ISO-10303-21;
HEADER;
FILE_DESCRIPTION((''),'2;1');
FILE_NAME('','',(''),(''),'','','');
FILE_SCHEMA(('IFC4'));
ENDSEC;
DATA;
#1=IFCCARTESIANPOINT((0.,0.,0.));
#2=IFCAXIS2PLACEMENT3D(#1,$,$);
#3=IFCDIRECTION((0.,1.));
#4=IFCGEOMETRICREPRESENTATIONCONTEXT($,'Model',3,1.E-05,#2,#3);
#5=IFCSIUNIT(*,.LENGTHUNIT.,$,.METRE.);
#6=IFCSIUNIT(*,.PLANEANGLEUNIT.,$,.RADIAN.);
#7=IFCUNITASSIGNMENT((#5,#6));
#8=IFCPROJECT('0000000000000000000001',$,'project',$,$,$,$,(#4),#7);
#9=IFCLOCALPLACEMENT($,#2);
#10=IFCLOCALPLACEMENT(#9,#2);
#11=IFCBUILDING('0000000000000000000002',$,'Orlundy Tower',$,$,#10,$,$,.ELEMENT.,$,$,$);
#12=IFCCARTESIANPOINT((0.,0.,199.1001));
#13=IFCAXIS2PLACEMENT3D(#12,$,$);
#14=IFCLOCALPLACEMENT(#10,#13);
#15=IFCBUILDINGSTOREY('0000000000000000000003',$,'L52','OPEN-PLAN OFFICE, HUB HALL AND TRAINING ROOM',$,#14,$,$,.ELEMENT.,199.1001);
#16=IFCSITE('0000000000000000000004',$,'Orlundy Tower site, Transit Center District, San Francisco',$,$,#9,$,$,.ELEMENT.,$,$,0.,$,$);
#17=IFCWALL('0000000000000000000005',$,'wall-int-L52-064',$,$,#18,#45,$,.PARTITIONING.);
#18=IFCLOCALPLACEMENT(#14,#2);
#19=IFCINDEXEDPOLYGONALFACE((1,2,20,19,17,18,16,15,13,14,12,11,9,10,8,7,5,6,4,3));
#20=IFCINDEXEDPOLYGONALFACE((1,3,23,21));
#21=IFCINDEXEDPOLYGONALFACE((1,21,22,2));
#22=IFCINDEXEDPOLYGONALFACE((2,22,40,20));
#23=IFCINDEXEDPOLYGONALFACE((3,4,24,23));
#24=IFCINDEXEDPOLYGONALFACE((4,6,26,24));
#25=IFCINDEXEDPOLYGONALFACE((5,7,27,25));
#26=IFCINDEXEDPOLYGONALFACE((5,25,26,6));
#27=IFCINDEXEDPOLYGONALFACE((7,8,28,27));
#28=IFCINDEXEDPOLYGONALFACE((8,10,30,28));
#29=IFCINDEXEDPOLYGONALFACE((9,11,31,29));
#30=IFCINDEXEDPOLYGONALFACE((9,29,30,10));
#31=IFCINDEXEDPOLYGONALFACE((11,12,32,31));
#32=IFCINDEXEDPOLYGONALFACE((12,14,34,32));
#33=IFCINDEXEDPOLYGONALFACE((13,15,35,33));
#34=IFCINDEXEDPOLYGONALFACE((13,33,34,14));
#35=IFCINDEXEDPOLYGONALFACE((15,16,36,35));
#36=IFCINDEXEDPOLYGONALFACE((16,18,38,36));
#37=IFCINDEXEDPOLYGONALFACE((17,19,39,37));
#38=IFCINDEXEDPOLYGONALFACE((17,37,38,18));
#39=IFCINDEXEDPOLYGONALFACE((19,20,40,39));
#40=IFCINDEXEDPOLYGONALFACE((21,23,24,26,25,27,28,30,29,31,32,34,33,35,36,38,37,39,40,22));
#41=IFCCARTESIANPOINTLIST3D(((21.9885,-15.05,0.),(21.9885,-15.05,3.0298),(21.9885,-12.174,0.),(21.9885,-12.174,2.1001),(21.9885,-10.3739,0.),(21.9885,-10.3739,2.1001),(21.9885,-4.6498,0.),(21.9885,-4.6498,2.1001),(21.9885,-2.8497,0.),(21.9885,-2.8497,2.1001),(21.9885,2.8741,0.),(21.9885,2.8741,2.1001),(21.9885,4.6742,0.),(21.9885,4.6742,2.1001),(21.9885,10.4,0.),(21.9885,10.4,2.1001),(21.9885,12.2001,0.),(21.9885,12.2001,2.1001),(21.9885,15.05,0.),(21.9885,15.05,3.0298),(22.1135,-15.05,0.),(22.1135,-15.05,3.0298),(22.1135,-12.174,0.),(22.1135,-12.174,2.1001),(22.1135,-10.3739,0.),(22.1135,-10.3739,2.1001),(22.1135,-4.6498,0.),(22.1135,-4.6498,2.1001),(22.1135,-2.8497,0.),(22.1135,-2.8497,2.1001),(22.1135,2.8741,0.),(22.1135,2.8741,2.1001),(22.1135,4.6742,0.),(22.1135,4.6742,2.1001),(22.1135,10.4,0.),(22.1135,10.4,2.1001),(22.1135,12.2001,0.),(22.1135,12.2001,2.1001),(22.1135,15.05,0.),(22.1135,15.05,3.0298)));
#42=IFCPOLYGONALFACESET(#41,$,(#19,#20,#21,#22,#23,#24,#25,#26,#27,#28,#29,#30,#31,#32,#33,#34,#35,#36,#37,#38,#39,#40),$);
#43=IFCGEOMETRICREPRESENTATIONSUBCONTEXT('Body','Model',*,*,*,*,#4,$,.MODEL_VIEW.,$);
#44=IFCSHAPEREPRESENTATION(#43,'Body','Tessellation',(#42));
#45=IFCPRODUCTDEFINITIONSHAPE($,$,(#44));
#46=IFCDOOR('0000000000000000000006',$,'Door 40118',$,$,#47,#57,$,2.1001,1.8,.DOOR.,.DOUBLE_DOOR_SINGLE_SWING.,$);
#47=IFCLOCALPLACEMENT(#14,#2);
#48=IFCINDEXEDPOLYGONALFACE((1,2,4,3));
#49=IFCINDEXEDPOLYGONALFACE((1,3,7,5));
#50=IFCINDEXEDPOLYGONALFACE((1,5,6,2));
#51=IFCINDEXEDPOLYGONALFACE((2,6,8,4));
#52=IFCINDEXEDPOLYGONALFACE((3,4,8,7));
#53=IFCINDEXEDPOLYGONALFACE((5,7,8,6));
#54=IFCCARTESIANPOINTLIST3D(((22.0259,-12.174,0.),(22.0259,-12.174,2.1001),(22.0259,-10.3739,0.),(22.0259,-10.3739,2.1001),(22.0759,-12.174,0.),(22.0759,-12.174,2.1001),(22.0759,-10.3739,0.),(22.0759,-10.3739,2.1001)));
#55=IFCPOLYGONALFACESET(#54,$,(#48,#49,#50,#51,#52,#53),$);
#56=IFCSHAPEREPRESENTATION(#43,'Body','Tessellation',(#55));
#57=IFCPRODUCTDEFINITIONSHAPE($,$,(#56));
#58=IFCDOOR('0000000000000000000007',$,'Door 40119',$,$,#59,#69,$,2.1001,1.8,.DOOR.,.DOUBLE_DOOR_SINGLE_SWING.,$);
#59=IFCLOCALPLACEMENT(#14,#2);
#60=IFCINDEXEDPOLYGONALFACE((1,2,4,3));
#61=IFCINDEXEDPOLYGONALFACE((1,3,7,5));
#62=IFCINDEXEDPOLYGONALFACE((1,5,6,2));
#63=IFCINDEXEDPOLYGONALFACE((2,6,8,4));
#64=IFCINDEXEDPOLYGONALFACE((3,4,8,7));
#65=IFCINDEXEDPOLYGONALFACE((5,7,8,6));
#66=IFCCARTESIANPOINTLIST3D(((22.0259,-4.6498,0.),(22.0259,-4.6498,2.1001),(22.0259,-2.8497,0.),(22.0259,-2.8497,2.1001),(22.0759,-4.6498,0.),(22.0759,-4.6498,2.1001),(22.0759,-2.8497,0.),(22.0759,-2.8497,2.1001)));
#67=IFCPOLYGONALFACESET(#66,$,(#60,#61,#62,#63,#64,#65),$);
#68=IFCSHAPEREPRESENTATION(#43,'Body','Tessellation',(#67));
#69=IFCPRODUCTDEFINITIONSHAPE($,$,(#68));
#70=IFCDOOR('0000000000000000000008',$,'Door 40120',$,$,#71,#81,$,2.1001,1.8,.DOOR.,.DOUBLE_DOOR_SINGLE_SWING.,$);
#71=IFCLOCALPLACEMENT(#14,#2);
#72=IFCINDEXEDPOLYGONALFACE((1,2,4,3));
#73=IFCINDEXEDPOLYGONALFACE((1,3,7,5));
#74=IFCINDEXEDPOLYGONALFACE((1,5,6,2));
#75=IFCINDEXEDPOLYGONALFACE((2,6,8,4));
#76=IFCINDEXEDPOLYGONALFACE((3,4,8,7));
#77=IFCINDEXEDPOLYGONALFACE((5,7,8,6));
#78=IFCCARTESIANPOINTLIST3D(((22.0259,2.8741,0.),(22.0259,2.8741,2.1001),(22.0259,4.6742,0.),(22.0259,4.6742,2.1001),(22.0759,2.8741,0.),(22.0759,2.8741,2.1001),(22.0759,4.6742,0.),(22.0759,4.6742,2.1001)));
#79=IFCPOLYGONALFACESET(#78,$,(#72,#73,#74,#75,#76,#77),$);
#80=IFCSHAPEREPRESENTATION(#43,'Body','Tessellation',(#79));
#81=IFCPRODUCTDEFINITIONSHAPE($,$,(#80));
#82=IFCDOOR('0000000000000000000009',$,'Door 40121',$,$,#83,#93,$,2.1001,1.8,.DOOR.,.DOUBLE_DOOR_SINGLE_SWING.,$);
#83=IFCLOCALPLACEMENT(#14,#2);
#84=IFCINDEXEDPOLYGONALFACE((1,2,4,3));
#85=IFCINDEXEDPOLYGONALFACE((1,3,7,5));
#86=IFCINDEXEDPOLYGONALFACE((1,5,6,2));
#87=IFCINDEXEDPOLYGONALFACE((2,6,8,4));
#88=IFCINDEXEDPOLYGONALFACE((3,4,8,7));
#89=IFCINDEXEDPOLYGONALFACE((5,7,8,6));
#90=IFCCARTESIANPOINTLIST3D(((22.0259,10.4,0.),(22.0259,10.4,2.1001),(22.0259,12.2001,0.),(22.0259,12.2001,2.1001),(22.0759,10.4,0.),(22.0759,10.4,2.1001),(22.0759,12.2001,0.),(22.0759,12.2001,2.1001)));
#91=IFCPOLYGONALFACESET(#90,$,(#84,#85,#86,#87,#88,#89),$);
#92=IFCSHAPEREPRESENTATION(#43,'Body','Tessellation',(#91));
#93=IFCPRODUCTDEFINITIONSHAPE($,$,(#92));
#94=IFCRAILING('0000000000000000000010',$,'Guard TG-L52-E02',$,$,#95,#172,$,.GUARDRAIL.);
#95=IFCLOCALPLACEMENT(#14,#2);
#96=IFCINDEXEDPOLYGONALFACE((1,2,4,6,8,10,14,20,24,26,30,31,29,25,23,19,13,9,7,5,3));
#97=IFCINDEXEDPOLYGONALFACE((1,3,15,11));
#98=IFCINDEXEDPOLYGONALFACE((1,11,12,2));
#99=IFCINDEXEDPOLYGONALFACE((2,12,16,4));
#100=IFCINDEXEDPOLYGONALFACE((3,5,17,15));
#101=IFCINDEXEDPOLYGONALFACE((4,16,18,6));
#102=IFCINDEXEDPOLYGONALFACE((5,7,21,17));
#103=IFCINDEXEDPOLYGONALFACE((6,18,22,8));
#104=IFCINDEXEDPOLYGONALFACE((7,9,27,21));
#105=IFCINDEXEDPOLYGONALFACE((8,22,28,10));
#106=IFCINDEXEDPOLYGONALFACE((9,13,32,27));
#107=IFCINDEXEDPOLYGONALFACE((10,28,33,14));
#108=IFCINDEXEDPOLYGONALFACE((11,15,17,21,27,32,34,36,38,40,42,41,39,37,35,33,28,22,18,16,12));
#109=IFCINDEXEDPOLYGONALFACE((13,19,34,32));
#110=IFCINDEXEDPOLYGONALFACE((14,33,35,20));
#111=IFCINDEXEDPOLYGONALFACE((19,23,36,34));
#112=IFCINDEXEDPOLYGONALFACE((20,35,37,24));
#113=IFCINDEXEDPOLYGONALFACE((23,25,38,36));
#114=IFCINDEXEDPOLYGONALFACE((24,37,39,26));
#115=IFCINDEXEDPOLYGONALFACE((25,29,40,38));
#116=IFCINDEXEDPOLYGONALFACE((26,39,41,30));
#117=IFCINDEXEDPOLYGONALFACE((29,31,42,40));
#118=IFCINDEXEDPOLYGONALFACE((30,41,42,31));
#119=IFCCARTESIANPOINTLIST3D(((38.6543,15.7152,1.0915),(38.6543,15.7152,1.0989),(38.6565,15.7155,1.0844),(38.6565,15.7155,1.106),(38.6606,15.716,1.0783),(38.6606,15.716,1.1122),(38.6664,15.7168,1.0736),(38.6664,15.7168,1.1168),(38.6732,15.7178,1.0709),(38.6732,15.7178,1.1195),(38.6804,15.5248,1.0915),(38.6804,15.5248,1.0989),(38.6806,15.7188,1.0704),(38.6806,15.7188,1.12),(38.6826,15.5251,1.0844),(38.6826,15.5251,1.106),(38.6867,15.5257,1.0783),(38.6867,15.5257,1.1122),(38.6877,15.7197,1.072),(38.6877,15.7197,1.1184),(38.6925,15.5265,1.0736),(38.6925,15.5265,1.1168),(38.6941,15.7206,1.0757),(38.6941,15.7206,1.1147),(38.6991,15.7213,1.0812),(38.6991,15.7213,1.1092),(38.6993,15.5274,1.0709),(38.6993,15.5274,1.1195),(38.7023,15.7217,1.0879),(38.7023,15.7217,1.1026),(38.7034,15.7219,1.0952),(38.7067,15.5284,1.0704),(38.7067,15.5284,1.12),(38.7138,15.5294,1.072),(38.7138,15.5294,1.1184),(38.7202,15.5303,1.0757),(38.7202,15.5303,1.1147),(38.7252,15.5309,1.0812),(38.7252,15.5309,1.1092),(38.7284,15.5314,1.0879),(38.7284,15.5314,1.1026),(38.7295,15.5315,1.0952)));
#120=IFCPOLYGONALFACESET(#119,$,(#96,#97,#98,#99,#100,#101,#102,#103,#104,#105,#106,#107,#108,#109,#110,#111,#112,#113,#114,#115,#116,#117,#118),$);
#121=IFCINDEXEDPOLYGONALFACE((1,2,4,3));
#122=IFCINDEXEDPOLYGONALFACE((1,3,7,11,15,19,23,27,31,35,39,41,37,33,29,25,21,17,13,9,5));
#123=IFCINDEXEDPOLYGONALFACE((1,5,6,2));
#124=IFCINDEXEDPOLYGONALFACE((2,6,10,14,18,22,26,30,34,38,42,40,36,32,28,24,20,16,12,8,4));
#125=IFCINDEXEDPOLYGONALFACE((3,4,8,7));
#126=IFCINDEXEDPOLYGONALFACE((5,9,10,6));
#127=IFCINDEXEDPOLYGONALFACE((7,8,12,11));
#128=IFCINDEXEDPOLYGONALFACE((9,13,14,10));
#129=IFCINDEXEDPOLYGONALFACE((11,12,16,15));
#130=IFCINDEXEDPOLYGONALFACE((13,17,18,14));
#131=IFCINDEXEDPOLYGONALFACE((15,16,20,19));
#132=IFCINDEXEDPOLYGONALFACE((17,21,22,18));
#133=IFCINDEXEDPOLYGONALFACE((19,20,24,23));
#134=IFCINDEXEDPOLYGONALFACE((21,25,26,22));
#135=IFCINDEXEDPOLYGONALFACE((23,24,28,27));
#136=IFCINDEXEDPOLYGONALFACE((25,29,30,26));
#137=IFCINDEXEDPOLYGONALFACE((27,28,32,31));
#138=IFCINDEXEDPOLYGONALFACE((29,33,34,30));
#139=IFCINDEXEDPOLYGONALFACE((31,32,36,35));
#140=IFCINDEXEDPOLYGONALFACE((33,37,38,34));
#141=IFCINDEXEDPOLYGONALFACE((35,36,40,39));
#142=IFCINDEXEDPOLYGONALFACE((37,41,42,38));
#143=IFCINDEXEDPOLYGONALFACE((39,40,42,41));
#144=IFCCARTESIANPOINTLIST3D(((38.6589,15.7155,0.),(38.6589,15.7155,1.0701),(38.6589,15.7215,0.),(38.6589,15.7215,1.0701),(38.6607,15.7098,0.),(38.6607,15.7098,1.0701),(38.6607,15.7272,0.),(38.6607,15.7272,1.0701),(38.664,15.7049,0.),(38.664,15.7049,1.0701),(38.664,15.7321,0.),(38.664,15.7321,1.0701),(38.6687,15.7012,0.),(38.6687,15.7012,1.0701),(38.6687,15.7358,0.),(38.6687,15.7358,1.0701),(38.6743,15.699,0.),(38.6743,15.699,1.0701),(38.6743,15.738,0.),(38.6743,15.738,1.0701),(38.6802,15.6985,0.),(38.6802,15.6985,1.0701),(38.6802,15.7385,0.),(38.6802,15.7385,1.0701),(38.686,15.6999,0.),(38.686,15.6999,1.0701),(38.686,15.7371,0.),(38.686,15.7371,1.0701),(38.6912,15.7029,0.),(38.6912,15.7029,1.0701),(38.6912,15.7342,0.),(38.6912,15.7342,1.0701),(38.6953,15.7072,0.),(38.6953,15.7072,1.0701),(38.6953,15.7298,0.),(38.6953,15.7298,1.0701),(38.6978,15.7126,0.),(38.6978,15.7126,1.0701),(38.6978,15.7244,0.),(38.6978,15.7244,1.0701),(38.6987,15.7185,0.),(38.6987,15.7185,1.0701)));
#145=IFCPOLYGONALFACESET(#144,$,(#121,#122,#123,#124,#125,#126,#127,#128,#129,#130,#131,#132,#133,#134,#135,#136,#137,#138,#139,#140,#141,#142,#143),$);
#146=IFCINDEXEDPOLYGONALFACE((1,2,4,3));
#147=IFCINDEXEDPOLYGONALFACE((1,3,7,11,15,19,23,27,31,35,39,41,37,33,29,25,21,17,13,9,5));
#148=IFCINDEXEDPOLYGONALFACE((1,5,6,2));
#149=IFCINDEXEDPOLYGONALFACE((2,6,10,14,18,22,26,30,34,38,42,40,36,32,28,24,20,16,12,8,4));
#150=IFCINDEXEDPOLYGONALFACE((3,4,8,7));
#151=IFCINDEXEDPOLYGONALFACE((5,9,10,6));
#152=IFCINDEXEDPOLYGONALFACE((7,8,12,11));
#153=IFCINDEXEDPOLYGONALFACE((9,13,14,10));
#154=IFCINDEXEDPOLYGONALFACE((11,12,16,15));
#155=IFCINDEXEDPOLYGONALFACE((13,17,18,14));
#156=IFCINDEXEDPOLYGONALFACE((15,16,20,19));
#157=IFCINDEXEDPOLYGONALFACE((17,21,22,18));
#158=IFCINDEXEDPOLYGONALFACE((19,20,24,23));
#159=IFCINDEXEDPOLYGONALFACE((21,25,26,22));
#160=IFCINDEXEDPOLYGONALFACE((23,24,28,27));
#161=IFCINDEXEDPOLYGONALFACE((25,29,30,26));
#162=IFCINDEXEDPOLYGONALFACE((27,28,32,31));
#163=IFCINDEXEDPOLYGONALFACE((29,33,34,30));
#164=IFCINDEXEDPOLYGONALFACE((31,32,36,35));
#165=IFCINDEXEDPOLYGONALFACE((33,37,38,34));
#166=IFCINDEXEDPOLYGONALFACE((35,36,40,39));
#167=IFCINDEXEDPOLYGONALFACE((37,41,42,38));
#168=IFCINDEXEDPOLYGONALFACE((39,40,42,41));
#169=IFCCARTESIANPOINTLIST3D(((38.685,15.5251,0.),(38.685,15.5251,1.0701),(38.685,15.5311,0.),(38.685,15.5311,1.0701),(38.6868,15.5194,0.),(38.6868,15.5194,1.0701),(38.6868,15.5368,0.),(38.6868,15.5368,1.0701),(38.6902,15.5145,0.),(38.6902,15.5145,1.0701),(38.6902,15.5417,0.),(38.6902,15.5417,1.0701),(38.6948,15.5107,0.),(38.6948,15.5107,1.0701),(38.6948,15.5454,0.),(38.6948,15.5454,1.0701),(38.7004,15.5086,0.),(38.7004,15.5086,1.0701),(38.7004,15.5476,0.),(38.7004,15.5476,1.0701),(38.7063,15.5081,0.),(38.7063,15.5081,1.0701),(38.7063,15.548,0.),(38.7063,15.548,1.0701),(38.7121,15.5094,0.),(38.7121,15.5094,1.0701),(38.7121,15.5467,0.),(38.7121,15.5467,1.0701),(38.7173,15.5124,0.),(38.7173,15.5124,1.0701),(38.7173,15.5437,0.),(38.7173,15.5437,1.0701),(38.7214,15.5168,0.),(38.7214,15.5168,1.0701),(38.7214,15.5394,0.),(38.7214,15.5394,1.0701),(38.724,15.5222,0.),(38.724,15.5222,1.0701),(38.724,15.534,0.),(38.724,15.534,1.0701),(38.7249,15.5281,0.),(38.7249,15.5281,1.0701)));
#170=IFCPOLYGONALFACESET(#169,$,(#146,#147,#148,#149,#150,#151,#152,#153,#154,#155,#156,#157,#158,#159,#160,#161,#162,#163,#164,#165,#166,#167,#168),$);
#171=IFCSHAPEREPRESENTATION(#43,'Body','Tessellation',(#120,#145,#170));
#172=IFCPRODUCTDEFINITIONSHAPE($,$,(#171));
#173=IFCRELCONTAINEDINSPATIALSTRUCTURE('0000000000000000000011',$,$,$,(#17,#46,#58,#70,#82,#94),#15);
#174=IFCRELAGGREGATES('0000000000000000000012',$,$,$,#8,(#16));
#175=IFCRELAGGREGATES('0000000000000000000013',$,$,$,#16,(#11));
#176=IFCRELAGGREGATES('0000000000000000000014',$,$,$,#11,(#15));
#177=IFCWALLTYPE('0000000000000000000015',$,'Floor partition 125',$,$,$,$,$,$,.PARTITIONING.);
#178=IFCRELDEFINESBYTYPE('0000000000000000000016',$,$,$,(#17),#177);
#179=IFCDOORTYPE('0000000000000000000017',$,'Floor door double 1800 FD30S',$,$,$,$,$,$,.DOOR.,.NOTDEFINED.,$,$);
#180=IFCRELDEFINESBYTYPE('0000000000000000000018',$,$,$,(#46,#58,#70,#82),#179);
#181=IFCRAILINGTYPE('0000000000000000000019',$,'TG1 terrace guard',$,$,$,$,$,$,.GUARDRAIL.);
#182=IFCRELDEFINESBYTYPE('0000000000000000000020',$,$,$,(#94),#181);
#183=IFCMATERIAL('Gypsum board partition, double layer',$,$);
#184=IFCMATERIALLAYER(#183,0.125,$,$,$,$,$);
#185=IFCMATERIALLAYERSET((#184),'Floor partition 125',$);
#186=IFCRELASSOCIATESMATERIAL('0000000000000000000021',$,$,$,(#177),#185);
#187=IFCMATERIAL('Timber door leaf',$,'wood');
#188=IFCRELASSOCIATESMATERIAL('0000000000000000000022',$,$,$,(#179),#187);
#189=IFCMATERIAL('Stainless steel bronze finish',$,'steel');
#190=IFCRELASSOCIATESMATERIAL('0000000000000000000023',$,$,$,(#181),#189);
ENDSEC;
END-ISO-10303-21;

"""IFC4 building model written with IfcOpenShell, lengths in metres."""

from ifc_helpers import new_model, si_unit, direction, frame, frame_2d, origin, origin_2d, place, context, subcontext, project, spatial, rectangle, circle, extrude, material, layer, layer_set, type_object, element, fill, save


model = new_model("IFC4")

# Units and contexts
model_context = context("Model", 3, precision=1e-05, world=origin(), true_north=direction((0.0, 1.0)))
body_context = subcontext(model_context, "Body", "Model", "MODEL_VIEW")
ifc_project = project(units=[si_unit("LENGTHUNIT", "METRE"), si_unit("PLANEANGLEUNIT", "RADIAN")], contexts=[model_context])

# Site, building, storey
site_placement = place(None, origin())
site = spatial("IfcSite", under=ifc_project, at=site_placement, Name="Orlundy Tower site, Transit Center District, San Francisco", CompositionType="ELEMENT", RefElevation=0.0)
building_placement = place(site_placement, origin())
building = spatial("IfcBuilding", under=site, at=building_placement, Name="Orlundy Tower", CompositionType="ELEMENT")
storey_placement = place(building_placement, frame((0.0, 0.0, 199.1001)))
storey = spatial("IfcBuildingStorey", under=building, at=storey_placement, Name="L52", Description="OPEN-PLAN OFFICE, HUB HALL AND TRAINING ROOM", CompositionType="ELEMENT", Elevation=199.1001)

# Wall, openings, doors
ifc_material_1 = material(Name="Gypsum board partition, double layer")
ifc_layer_1 = layer(ifc_material_1, 0.125)
ifc_layer_set_1 = layer_set([ifc_layer_1], Name="Floor partition 125")
wall_type = type_object("IfcWallType", Name="Floor partition 125", PredefinedType="PARTITIONING", material=ifc_layer_set_1)
wall_placement = place(storey_placement, frame((22.051, 15.05, 0.0), z_axis=(0.0, 0.0, 1.0), x_axis=(0.0, -1.0, 0.0)))
wall = element("IfcWall", 1, at=wall_placement, inside=storey, type_object=wall_type, Name="wall-int-L52-064", PredefinedType="PARTITIONING", context=body_context, shape_type="SweptSolid", body=[
    extrude(rectangle(XDim=30.1001, YDim=0.125, at=frame_2d((15.05, 0.0))), origin(), (0.0, 0.0, 1.0), 3.0298),
])
opening_1_placement = place(wall_placement, frame((25.4241, 0.0, 0.0)))
opening_1 = element("IfcOpeningElement", 2, at=opening_1_placement, cuts=wall, PredefinedType="OPENING", context=body_context, shape_type="SweptSolid", body=[
    extrude(rectangle(XDim=1.8, YDim=2.1001, at=frame_2d((0.8999, 1.05))), frame((0.0, 0.0725, 0.0), z_axis=(0.0, -1.0, 0.0), x_axis=(1.0, 0.0, 0.0)), (0.0, 0.0, 1.0), 0.145),
])
opening_2_placement = place(wall_placement, frame((17.8999, 0.0, 0.0)))
opening_2 = element("IfcOpeningElement", 3, at=opening_2_placement, cuts=wall, PredefinedType="OPENING", context=body_context, shape_type="SweptSolid", body=[
    extrude(rectangle(XDim=1.8, YDim=2.1001, at=frame_2d((0.8999, 1.05))), frame((0.0, 0.0725, 0.0), z_axis=(0.0, -1.0, 0.0), x_axis=(1.0, 0.0, 0.0)), (0.0, 0.0, 1.0), 0.145),
])
opening_3_placement = place(wall_placement, frame((10.376, 0.0, 0.0)))
opening_3 = element("IfcOpeningElement", 4, at=opening_3_placement, cuts=wall, PredefinedType="OPENING", context=body_context, shape_type="SweptSolid", body=[
    extrude(rectangle(XDim=1.8, YDim=2.1001, at=frame_2d((0.8999, 1.05))), frame((0.0, 0.0725, 0.0), z_axis=(0.0, -1.0, 0.0), x_axis=(1.0, 0.0, 0.0)), (0.0, 0.0, 1.0), 0.145),
])
opening_4_placement = place(wall_placement, frame((2.8501, 0.0, 0.0)))
opening_4 = element("IfcOpeningElement", 5, at=opening_4_placement, cuts=wall, PredefinedType="OPENING", context=body_context, shape_type="SweptSolid", body=[
    extrude(rectangle(XDim=1.8, YDim=2.1001, at=frame_2d((0.8999, 1.05))), frame((0.0, 0.0725, 0.0), z_axis=(0.0, -1.0, 0.0), x_axis=(1.0, 0.0, 0.0)), (0.0, 0.0, 1.0), 0.145),
])
ifc_material_2 = material(Name="Timber door leaf", Category="wood")
door_type = type_object("IfcDoorType", Name="Floor door double 1800 FD30S", OperationType="NOTDEFINED", PredefinedType="DOOR", material=ifc_material_2)
door_1_placement = place(opening_1_placement, origin())
door_1 = element("IfcDoor", 6, at=door_1_placement, inside=storey, type_object=door_type, Name="Door 40118", OperationType="DOUBLE_DOOR_SINGLE_SWING", OverallHeight=2.1001, OverallWidth=1.8, PredefinedType="DOOR", context=body_context, shape_type="SweptSolid", body=[
    extrude(rectangle(XDim=1.8, YDim=2.1001, at=frame_2d((0.8999, 1.05))), frame((0.0, 0.0249, 0.0), z_axis=(0.0, -1.0, 0.0), x_axis=(1.0, 0.0, 0.0)), (0.0, 0.0, 1.0), 0.05),
])
fill(opening_1, door_1)
door_2_placement = place(opening_2_placement, origin())
door_2 = element("IfcDoor", 7, at=door_2_placement, inside=storey, type_object=door_type, Name="Door 40119", OperationType="DOUBLE_DOOR_SINGLE_SWING", OverallHeight=2.1001, OverallWidth=1.8, PredefinedType="DOOR", context=body_context, shape_type="SweptSolid", body=[
    extrude(rectangle(XDim=1.8, YDim=2.1001, at=frame_2d((0.8999, 1.05))), frame((0.0, 0.0249, 0.0), z_axis=(0.0, -1.0, 0.0), x_axis=(1.0, 0.0, 0.0)), (0.0, 0.0, 1.0), 0.05),
])
fill(opening_2, door_2)
door_3_placement = place(opening_3_placement, origin())
door_3 = element("IfcDoor", 8, at=door_3_placement, inside=storey, type_object=door_type, Name="Door 40120", OperationType="DOUBLE_DOOR_SINGLE_SWING", OverallHeight=2.1001, OverallWidth=1.8, PredefinedType="DOOR", context=body_context, shape_type="SweptSolid", body=[
    extrude(rectangle(XDim=1.8, YDim=2.1001, at=frame_2d((0.8999, 1.05))), frame((0.0, 0.0249, 0.0), z_axis=(0.0, -1.0, 0.0), x_axis=(1.0, 0.0, 0.0)), (0.0, 0.0, 1.0), 0.05),
])
fill(opening_3, door_3)
door_4_placement = place(opening_4_placement, origin())
door_4 = element("IfcDoor", 9, at=door_4_placement, inside=storey, type_object=door_type, Name="Door 40121", OperationType="DOUBLE_DOOR_SINGLE_SWING", OverallHeight=2.1001, OverallWidth=1.8, PredefinedType="DOOR", context=body_context, shape_type="SweptSolid", body=[
    extrude(rectangle(XDim=1.8, YDim=2.1001, at=frame_2d((0.8999, 1.05))), frame((0.0, 0.0249, 0.0), z_axis=(0.0, -1.0, 0.0), x_axis=(1.0, 0.0, 0.0)), (0.0, 0.0, 1.0), 0.05),
])
fill(opening_4, door_4)

# Railing
ifc_material_3 = material(Name="Stainless steel bronze finish", Category="steel")
railing_type = type_object("IfcRailingType", Name="TG1 terrace guard", PredefinedType="GUARDRAIL", material=ifc_material_3)
railing_placement = place(storey_placement, frame((38.6787, 15.7185, 0.0)))
element("IfcRailing", 10, at=railing_placement, inside=storey, type_object=railing_type, Name="Guard TG-L52-E02", PredefinedType="GUARDRAIL", context=body_context, shape_type="SweptSolid", body=[
    extrude(circle(Radius=0.0249, at=origin_2d()), frame((0.0, 0.0, 1.0952), z_axis=(0.135907, -0.990722, 0.0), x_axis=(0.990722, 0.135907, 0.0)), (0.0, 0.0, 1.0), 0.1921),
    extrude(circle(Radius=0.02, at=origin_2d()), origin(), (0.0, 0.0, 1.0), 1.0701),
    extrude(circle(Radius=0.02, at=origin_2d()), frame((0.0261, -0.1904, 0.0)), (0.0, 0.0, 1.0), 1.0701),
])

save(model, "model.ifc")
